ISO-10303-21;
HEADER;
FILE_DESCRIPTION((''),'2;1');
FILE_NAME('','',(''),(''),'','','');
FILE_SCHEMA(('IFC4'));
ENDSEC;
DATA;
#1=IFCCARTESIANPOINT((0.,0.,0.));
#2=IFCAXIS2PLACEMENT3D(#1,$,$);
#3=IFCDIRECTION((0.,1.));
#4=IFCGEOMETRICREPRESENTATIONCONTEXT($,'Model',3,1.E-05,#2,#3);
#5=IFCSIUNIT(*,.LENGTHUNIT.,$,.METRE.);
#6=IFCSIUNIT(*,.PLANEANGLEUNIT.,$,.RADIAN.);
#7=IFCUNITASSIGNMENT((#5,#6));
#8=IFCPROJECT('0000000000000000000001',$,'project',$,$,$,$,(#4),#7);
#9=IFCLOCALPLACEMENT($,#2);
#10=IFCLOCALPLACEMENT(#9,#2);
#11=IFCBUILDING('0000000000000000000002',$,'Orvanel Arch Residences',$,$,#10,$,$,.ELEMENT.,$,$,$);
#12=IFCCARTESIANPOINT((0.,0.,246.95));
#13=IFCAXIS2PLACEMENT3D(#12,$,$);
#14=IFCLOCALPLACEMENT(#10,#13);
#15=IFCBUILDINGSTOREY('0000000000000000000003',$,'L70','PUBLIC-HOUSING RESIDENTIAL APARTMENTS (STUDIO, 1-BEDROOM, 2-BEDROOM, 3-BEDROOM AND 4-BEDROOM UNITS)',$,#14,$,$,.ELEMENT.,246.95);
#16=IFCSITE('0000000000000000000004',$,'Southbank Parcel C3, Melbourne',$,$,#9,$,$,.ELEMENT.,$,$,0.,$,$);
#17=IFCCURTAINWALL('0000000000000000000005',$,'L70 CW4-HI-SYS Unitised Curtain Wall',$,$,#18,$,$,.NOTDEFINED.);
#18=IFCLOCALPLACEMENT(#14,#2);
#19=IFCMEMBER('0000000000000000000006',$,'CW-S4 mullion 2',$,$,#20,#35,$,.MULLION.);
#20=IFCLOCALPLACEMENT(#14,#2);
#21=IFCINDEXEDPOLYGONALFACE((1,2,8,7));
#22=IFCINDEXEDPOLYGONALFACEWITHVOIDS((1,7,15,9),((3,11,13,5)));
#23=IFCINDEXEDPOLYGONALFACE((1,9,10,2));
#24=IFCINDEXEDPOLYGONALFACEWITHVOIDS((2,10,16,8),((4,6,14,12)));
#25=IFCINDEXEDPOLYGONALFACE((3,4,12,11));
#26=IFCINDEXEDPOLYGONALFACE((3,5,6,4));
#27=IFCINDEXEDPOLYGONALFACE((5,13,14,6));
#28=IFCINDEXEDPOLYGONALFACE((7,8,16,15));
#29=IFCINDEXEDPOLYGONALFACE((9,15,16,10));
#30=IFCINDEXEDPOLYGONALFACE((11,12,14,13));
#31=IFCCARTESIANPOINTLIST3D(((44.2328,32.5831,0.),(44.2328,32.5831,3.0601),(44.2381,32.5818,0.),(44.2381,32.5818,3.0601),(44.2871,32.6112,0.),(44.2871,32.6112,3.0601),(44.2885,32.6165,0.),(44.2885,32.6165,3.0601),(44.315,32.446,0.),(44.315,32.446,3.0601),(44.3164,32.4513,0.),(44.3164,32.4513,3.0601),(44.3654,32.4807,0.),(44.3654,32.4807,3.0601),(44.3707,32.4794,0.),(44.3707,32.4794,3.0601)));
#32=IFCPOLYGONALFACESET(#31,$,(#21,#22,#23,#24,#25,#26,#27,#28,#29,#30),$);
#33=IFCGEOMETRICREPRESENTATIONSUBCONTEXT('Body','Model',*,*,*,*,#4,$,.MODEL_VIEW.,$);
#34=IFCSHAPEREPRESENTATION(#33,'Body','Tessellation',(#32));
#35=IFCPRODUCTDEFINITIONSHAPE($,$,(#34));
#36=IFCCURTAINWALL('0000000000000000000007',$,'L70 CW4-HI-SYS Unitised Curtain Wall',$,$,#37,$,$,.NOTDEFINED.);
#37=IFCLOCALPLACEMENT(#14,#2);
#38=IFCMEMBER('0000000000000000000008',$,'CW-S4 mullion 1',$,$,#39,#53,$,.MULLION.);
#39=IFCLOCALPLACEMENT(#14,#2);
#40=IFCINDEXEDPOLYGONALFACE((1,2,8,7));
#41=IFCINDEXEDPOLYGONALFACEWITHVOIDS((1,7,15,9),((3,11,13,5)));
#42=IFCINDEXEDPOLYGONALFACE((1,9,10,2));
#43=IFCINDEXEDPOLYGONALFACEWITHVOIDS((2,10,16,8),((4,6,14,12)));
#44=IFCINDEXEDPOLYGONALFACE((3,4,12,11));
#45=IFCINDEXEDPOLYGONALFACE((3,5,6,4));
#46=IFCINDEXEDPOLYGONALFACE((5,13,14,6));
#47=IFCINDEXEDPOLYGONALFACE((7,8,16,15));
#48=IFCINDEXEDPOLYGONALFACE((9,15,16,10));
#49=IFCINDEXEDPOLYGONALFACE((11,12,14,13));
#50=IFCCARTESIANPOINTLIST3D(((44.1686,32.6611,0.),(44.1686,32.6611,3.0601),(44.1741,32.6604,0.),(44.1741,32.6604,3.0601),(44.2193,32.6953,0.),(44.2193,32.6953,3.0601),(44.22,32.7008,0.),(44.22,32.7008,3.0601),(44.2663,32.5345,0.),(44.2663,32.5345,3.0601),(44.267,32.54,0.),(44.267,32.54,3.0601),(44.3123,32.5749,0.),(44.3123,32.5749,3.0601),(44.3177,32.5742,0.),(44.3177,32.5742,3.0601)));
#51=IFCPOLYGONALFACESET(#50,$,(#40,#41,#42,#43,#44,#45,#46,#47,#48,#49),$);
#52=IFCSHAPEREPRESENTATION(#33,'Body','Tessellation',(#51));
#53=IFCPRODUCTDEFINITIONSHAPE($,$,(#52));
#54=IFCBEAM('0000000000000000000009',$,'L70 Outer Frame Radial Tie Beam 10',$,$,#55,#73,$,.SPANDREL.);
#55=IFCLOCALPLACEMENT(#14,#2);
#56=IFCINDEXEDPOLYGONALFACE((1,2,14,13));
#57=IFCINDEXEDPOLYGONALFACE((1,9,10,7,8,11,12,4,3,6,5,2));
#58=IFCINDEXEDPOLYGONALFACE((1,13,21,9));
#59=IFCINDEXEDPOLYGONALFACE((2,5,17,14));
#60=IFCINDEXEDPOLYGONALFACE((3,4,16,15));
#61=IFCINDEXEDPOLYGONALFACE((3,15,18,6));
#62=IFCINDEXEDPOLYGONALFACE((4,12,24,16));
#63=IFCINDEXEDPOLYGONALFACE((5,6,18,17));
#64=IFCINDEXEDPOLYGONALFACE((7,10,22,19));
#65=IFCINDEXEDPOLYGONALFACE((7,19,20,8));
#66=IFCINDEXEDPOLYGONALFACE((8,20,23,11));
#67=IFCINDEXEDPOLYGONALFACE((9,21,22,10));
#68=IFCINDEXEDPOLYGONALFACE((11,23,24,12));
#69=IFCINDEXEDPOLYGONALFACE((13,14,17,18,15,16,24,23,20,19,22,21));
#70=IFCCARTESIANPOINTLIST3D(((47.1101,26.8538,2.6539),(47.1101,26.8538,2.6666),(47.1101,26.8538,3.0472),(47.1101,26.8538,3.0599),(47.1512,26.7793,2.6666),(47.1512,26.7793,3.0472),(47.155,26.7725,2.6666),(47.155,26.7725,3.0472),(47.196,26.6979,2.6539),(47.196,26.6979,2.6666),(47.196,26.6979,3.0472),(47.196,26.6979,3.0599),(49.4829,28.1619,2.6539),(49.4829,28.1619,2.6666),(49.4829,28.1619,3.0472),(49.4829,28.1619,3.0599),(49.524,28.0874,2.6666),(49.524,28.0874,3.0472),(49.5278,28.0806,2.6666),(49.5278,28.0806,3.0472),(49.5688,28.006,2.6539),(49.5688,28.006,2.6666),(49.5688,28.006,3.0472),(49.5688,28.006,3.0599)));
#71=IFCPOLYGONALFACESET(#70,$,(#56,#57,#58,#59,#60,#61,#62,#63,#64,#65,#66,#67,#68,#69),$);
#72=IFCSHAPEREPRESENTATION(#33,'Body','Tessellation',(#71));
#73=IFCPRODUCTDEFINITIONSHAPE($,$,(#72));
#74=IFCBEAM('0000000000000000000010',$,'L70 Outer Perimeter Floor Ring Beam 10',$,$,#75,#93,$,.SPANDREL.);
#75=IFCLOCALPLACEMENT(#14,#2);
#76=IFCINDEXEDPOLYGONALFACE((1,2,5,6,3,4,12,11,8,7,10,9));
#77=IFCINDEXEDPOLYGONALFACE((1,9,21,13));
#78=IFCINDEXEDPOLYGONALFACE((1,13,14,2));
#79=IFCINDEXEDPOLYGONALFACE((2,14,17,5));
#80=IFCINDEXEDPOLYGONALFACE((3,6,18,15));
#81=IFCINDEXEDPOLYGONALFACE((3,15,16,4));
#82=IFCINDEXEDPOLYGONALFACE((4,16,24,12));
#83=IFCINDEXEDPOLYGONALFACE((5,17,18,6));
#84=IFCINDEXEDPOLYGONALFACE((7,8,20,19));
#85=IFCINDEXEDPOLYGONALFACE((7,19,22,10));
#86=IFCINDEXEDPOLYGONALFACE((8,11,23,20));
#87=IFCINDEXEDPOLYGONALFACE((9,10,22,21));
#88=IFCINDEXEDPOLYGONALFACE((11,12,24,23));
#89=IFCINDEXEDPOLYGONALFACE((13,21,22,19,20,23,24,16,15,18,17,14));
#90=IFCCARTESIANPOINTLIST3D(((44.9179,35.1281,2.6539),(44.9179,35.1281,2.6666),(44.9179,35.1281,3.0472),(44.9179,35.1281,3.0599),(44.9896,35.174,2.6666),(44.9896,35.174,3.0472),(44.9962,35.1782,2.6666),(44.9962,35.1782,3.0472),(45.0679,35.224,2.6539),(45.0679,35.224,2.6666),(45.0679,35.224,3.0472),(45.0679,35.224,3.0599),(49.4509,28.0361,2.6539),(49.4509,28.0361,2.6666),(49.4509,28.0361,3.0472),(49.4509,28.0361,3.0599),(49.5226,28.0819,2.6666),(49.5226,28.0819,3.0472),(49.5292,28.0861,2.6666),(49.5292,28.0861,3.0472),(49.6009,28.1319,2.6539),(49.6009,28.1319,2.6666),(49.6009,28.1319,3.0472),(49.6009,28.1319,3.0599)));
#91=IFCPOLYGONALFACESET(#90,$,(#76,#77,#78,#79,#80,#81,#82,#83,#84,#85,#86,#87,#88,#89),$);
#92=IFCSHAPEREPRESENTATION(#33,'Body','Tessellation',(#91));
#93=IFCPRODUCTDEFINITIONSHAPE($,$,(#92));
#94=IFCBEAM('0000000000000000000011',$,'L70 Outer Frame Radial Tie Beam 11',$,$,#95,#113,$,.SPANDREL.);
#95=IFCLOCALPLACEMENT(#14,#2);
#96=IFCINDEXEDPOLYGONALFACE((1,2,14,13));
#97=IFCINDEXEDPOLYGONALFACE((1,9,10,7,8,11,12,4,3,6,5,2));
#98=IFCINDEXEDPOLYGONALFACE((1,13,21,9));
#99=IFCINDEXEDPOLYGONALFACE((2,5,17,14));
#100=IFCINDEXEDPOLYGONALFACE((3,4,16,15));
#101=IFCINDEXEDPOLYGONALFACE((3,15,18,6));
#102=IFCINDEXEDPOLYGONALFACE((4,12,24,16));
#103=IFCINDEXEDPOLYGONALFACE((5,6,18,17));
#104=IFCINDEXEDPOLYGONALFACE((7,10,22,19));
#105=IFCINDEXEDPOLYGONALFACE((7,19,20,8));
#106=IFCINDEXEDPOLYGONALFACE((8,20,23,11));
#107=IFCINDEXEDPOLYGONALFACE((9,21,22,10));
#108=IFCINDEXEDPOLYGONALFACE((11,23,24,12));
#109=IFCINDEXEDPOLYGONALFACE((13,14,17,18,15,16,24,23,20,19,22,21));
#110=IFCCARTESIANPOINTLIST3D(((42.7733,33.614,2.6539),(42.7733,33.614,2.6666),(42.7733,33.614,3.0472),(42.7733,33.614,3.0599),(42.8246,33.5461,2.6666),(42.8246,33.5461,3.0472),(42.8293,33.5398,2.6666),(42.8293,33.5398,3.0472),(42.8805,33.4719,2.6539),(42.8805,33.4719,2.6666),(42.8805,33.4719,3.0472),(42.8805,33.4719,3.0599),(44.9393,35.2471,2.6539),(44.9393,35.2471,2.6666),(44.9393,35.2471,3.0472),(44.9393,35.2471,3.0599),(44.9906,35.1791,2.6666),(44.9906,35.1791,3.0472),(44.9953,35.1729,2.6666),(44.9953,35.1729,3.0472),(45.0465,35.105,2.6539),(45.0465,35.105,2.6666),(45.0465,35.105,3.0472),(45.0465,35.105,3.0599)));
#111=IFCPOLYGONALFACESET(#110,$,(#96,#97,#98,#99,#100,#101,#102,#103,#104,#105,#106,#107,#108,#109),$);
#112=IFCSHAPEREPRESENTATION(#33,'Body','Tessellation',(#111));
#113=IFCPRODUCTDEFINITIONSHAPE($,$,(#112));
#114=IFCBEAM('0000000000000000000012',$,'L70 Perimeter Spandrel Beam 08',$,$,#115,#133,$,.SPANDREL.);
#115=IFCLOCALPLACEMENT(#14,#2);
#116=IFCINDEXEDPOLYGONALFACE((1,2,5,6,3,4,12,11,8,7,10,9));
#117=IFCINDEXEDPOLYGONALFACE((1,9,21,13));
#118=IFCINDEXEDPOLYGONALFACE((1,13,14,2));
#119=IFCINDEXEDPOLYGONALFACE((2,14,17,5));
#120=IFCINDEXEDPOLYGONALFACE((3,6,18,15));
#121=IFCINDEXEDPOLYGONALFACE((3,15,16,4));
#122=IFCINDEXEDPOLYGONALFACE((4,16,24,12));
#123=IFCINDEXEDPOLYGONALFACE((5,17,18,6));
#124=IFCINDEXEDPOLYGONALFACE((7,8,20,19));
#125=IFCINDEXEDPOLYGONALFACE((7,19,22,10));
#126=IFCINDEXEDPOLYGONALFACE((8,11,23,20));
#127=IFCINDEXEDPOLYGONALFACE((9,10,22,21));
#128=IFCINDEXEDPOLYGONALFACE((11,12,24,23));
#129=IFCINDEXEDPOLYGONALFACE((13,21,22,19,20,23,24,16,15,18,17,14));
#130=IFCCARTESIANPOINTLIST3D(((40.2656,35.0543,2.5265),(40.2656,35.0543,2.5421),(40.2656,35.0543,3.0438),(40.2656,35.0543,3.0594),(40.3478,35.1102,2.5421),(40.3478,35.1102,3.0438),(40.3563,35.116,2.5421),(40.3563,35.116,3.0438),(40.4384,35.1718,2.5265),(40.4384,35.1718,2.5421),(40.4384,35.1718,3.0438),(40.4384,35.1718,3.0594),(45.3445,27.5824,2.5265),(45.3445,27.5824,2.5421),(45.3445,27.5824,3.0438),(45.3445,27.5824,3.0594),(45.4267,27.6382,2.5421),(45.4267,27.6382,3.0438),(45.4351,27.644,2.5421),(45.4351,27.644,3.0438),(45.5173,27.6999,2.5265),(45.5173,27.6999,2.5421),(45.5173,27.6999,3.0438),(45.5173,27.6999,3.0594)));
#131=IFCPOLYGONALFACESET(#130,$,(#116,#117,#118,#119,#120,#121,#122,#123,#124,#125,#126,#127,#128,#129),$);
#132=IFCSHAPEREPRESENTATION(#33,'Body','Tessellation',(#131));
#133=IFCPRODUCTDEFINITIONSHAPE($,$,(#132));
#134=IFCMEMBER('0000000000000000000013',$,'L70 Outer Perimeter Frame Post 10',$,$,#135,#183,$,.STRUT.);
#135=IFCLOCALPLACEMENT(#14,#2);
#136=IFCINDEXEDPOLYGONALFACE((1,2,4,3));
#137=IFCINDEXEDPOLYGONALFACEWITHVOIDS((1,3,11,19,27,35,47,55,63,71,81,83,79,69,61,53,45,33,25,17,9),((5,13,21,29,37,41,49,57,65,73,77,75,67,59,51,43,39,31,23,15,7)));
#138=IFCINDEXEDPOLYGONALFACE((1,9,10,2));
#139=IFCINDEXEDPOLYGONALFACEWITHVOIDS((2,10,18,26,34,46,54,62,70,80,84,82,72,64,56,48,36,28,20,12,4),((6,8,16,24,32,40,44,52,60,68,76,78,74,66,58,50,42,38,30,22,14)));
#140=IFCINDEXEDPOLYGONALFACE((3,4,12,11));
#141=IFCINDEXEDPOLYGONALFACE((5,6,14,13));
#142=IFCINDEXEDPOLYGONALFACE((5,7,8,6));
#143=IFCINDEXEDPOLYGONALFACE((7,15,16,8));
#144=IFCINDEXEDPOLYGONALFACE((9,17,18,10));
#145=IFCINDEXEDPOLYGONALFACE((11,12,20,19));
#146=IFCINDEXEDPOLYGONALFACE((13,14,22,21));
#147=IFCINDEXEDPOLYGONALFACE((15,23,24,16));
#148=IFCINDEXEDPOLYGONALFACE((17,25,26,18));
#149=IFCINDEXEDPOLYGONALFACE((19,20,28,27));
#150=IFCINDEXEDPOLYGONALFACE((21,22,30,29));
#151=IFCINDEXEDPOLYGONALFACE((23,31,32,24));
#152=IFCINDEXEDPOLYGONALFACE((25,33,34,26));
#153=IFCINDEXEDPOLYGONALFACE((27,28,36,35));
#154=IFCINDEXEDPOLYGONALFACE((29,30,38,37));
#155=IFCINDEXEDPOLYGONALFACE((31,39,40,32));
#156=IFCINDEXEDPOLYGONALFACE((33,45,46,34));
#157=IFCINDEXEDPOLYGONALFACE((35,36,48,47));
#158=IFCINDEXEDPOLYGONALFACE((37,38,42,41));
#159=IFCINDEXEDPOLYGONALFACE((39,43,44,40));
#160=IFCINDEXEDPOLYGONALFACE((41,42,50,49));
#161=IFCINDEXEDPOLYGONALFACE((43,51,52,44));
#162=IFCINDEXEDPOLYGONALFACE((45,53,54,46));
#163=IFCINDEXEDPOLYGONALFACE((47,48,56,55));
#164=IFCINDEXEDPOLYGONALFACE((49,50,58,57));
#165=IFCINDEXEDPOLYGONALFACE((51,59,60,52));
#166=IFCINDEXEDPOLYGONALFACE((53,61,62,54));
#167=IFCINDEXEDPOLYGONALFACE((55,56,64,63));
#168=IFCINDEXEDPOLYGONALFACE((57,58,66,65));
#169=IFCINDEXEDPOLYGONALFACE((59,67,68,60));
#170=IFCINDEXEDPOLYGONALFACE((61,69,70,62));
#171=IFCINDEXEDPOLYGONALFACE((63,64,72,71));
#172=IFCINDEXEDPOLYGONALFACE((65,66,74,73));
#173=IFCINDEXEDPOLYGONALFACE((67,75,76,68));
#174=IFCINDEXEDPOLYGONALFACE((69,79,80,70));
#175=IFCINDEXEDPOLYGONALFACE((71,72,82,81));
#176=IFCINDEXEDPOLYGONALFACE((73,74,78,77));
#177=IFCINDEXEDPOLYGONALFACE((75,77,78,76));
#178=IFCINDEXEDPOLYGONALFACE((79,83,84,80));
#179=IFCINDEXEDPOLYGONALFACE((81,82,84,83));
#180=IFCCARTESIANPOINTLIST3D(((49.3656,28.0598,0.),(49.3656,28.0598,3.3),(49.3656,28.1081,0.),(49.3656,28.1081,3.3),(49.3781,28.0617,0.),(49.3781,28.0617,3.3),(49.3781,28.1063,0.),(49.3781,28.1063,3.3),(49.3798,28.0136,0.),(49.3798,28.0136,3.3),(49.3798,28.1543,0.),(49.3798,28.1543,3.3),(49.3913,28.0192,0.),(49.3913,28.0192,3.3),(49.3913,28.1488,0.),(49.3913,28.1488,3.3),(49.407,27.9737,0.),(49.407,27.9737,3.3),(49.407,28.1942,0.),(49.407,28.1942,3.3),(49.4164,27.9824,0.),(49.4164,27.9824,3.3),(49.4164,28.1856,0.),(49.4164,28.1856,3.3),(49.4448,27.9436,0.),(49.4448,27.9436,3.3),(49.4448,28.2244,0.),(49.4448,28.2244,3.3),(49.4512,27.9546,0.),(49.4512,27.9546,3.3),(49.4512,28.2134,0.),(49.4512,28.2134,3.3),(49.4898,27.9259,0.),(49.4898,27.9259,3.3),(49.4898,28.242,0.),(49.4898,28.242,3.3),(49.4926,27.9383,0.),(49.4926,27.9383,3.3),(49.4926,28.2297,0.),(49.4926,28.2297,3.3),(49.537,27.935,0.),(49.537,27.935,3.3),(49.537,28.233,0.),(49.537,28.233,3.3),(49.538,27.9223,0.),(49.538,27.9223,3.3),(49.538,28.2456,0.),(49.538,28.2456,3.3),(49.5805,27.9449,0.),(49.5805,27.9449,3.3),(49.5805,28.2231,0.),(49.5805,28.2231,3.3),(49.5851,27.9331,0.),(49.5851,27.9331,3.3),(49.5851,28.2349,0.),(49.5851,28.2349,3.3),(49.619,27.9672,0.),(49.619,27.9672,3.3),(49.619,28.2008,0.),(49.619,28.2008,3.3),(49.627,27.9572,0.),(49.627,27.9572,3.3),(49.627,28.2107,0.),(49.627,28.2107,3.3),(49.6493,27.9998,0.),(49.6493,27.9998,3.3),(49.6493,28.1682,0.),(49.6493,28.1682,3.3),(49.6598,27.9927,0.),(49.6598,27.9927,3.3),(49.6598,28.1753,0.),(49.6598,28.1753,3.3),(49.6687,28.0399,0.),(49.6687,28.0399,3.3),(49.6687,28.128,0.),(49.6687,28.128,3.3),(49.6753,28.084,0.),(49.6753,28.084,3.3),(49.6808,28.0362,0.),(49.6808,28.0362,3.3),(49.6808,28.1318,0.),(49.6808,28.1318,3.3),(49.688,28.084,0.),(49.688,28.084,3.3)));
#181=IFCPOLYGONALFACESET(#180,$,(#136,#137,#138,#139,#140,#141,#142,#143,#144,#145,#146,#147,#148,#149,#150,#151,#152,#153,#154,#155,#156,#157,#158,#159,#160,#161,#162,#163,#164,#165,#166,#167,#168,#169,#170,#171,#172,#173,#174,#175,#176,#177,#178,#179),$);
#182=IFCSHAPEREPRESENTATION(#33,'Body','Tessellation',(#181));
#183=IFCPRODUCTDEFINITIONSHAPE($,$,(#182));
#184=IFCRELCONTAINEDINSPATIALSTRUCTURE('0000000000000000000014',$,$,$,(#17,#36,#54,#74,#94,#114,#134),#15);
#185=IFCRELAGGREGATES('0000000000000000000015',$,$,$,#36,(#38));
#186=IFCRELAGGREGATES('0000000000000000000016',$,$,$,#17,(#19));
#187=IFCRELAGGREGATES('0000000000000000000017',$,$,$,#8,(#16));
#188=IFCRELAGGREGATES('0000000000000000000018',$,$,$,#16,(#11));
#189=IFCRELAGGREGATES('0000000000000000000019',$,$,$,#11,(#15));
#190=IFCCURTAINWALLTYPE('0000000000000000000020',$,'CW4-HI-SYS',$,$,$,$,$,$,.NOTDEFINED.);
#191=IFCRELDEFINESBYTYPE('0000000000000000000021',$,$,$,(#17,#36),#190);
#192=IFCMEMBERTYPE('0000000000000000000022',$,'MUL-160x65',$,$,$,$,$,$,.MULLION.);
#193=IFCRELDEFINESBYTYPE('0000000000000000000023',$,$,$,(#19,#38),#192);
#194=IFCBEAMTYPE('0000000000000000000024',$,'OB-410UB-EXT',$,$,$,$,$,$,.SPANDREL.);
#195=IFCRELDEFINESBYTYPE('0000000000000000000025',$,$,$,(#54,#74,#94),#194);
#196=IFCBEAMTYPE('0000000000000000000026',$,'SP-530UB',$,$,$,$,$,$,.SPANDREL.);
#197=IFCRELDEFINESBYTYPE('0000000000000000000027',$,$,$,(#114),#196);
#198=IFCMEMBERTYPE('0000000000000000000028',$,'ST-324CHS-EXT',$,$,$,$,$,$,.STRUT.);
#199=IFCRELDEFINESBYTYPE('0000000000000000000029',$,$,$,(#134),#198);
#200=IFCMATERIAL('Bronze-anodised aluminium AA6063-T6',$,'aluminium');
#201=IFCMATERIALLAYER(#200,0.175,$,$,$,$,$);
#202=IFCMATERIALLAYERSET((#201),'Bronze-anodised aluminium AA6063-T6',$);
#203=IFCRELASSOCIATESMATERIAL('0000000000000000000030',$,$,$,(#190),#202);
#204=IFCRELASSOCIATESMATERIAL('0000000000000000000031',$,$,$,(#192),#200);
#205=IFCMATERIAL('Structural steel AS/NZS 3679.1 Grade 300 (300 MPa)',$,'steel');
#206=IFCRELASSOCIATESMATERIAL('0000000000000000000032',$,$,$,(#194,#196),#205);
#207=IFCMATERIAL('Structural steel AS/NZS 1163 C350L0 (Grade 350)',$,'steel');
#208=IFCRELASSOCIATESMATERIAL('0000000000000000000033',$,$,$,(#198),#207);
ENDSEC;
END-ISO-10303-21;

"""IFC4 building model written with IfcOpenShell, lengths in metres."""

from ifc_helpers import new_model, si_unit, direction, frame, origin, origin_2d, place, context, subcontext, project, spatial, hollow_rectangle, hollow_circle, i_section, extrude, material, layer, layer_set, material_profile, profile_set, type_object, element, aggregate, save


model = new_model("IFC4")

# Units and contexts
model_context = context("Model", 3, precision=1e-05, world=origin(), true_north=direction((0.0, 1.0)))
body_context = subcontext(model_context, "Body", "Model", "MODEL_VIEW")
ifc_project = project(units=[si_unit("LENGTHUNIT", "METRE"), si_unit("PLANEANGLEUNIT", "RADIAN")], contexts=[model_context])

# Site, building, storey
site_placement = place(None, origin())
site = spatial("IfcSite", under=ifc_project, at=site_placement, Name="Southbank Parcel C3, Melbourne", CompositionType="ELEMENT", RefElevation=0.0)
building_placement = place(site_placement, origin())
building = spatial("IfcBuilding", under=site, at=building_placement, Name="Orvanel Arch Residences", CompositionType="ELEMENT")
storey_placement = place(building_placement, frame((0.0, 0.0, 246.95)))
storey = spatial("IfcBuildingStorey", under=building, at=storey_placement, Name="L70", Description="PUBLIC-HOUSING RESIDENTIAL APARTMENTS (STUDIO, 1-BEDROOM, 2-BEDROOM, 3-BEDROOM AND 4-BEDROOM UNITS)", CompositionType="ELEMENT", Elevation=246.95)

# Shared definitions
ifc_material_1 = material(Name="Structural steel AS/NZS 1163 C350L0 (Grade 350)", Category="steel")

# Shared definitions
ifc_material_2 = material(Name="Structural steel AS/NZS 3679.1 Grade 300 (300 MPa)", Category="steel")

# Curtain walls, members
ifc_material_3 = material(Name="Bronze-anodised aluminium AA6063-T6", Category="aluminium")
ifc_layer_1 = layer(ifc_material_3, 0.175)
ifc_layer_set_1 = layer_set([ifc_layer_1], Name="Bronze-anodised aluminium AA6063-T6")
curtain_wall_type = type_object("IfcCurtainWallType", Name="CW4-HI-SYS", PredefinedType="NOTDEFINED", material=ifc_layer_set_1)
curtain_wall_1_placement = place(storey_placement, origin())
curtain_wall_1 = element("IfcCurtainWall", 1, at=curtain_wall_1_placement, inside=storey, type_object=curtain_wall_type, Name="L70 CW4-HI-SYS Unitised Curtain Wall", PredefinedType="NOTDEFINED")
ifc_material_profile_1 = material_profile(ifc_material_3, hollow_rectangle(XDim=0.0649, YDim=0.1599, WallThickness=0.0039, at=origin_2d()), Name="ALU160x65x4")
ifc_profile_set_1 = profile_set([ifc_material_profile_1], Name="Bronze-anodised aluminium AA6063-T6")
member_type_1 = type_object("IfcMemberType", Name="MUL-160x65", PredefinedType="MULLION", material=ifc_profile_set_1)
member_1_placement = place(storey_placement, frame((44.3018, 32.5312, 0.0), z_axis=(0.0, 0.0, 1.0), x_axis=(-0.857511, -0.514465, 0.0)))
member_1 = element("IfcMember", 2, at=member_1_placement, type_object=member_type_1, Name="CW-S4 mullion 2", PredefinedType="MULLION", context=body_context, shape_type="SweptSolid", body=[
    extrude(hollow_rectangle(XDim=0.0649, YDim=0.1599, WallThickness=0.0039, at=origin_2d()), origin(), (0.0, 0.0, 1.0), 3.0601),
])
curtain_wall_2_placement = place(storey_placement, origin())
curtain_wall_2 = element("IfcCurtainWall", 3, at=curtain_wall_2_placement, inside=storey, type_object=curtain_wall_type, Name="L70 CW4-HI-SYS Unitised Curtain Wall", PredefinedType="NOTDEFINED")
member_2_placement = place(storey_placement, frame((44.2432, 32.6177, 0.0), z_axis=(0.0, 0.0, 1.0), x_axis=(-0.791478, -0.611198, 0.0)))
member_2 = element("IfcMember", 4, at=member_2_placement, type_object=member_type_1, Name="CW-S4 mullion 1", PredefinedType="MULLION", context=body_context, shape_type="SweptSolid", body=[
    extrude(hollow_rectangle(XDim=0.0649, YDim=0.1599, WallThickness=0.0039, at=origin_2d()), origin(), (0.0, 0.0, 1.0), 3.0601),
])

# Beams
ifc_material_profile_2 = material_profile(ifc_material_2, i_section(OverallWidth=0.178, OverallDepth=0.406, WebThickness=0.0078, FlangeThickness=0.0127, at=origin_2d()), Name="410UB59.7")
ifc_profile_set_2 = profile_set([ifc_material_profile_2], Name="Structural steel AS/NZS 3679.1 Grade 300 (300 MPa)")
beam_type_1 = type_object("IfcBeamType", Name="OB-410UB-EXT", PredefinedType="SPANDREL", material=ifc_profile_set_2)
beam_1_placement = place(storey_placement, frame((47.1531, 26.7759, 2.8569), z_axis=(0.875738, 0.482787, 0.0), x_axis=(-0.482787, 0.875738, 0.0)))
element("IfcBeam", 5, at=beam_1_placement, inside=storey, type_object=beam_type_1, Name="L70 Outer Frame Radial Tie Beam 10", PredefinedType="SPANDREL", context=body_context, shape_type="SweptSolid", body=[
    extrude(i_section(OverallWidth=0.178, OverallDepth=0.406, WebThickness=0.0078, FlangeThickness=0.0127, at=origin_2d()), origin(), (0.0, 0.0, 1.0), 2.7095),
])
beam_2_placement = place(storey_placement, frame((49.5259, 28.084, 2.8569), z_axis=(-0.538552, 0.842592, 0.0), x_axis=(-0.842592, -0.538552, 0.0)))
element("IfcBeam", 6, at=beam_2_placement, inside=storey, type_object=beam_type_1, Name="L70 Outer Perimeter Floor Ring Beam 10", PredefinedType="SPANDREL", context=body_context, shape_type="SweptSolid", body=[
    extrude(i_section(OverallWidth=0.178, OverallDepth=0.406, WebThickness=0.0078, FlangeThickness=0.0127, at=origin_2d()), origin(), (0.0, 0.0, 1.0), 8.417),
])
beam_3_placement = place(storey_placement, frame((42.8269, 33.543, 2.8569), z_axis=(0.798485, 0.602014, 0.0), x_axis=(-0.602014, 0.798485, 0.0)))
element("IfcBeam", 7, at=beam_3_placement, inside=storey, type_object=beam_type_1, Name="L70 Outer Frame Radial Tie Beam 11", PredefinedType="SPANDREL", context=body_context, shape_type="SweptSolid", body=[
    extrude(i_section(OverallWidth=0.178, OverallDepth=0.406, WebThickness=0.0078, FlangeThickness=0.0127, at=origin_2d()), origin(), (0.0, 0.0, 1.0), 2.7126),
])
ifc_material_profile_3 = material_profile(ifc_material_2, i_section(OverallWidth=0.209, OverallDepth=0.533, WebThickness=0.0103, FlangeThickness=0.0156, at=origin_2d()), Name="530UB92.4")
ifc_profile_set_3 = profile_set([ifc_material_profile_3], Name="Structural steel AS/NZS 3679.1 Grade 300 (300 MPa)")
beam_type_2 = type_object("IfcBeamType", Name="SP-530UB", PredefinedType="SPANDREL", material=ifc_profile_set_3)
beam_4_placement = place(storey_placement, frame((45.4309, 27.6411, 2.793), z_axis=(-0.562155, 0.827032, 0.0), x_axis=(-0.827032, -0.562155, 0.0)))
element("IfcBeam", 8, at=beam_4_placement, inside=storey, type_object=beam_type_2, Name="L70 Perimeter Spandrel Beam 08", PredefinedType="SPANDREL", context=body_context, shape_type="SweptSolid", body=[
    extrude(i_section(OverallWidth=0.209, OverallDepth=0.533, WebThickness=0.0103, FlangeThickness=0.0156, at=origin_2d()), origin(), (0.0, 0.0, 1.0), 9.0347),
])

# Member
ifc_material_profile_4 = material_profile(ifc_material_1, hollow_circle(Radius=0.1621, WallThickness=0.0127, at=origin_2d()), Name="CHS324x12.7")
ifc_profile_set_4 = profile_set([ifc_material_profile_4], Name="Structural steel AS/NZS 1163 C350L0 (Grade 350)")
member_type_2 = type_object("IfcMemberType", Name="ST-324CHS-EXT", PredefinedType="STRUT", material=ifc_profile_set_4)
member_3_placement = place(storey_placement, frame((49.5259, 28.084, 0.0), z_axis=(0.0, 0.0, 1.0), x_axis=(1.0, 0.0, 0.0)))
element("IfcMember", 9, at=member_3_placement, inside=storey, type_object=member_type_2, Name="L70 Outer Perimeter Frame Post 10", PredefinedType="STRUT", context=body_context, shape_type="SweptSolid", body=[
    extrude(hollow_circle(Radius=0.1621, WallThickness=0.0127, at=origin_2d()), origin(), (0.0, 0.0, 1.0), 3.3),
])
aggregate(curtain_wall_2, [member_2])

aggregate(curtain_wall_1, [member_1])

save(model, "model.ifc")
